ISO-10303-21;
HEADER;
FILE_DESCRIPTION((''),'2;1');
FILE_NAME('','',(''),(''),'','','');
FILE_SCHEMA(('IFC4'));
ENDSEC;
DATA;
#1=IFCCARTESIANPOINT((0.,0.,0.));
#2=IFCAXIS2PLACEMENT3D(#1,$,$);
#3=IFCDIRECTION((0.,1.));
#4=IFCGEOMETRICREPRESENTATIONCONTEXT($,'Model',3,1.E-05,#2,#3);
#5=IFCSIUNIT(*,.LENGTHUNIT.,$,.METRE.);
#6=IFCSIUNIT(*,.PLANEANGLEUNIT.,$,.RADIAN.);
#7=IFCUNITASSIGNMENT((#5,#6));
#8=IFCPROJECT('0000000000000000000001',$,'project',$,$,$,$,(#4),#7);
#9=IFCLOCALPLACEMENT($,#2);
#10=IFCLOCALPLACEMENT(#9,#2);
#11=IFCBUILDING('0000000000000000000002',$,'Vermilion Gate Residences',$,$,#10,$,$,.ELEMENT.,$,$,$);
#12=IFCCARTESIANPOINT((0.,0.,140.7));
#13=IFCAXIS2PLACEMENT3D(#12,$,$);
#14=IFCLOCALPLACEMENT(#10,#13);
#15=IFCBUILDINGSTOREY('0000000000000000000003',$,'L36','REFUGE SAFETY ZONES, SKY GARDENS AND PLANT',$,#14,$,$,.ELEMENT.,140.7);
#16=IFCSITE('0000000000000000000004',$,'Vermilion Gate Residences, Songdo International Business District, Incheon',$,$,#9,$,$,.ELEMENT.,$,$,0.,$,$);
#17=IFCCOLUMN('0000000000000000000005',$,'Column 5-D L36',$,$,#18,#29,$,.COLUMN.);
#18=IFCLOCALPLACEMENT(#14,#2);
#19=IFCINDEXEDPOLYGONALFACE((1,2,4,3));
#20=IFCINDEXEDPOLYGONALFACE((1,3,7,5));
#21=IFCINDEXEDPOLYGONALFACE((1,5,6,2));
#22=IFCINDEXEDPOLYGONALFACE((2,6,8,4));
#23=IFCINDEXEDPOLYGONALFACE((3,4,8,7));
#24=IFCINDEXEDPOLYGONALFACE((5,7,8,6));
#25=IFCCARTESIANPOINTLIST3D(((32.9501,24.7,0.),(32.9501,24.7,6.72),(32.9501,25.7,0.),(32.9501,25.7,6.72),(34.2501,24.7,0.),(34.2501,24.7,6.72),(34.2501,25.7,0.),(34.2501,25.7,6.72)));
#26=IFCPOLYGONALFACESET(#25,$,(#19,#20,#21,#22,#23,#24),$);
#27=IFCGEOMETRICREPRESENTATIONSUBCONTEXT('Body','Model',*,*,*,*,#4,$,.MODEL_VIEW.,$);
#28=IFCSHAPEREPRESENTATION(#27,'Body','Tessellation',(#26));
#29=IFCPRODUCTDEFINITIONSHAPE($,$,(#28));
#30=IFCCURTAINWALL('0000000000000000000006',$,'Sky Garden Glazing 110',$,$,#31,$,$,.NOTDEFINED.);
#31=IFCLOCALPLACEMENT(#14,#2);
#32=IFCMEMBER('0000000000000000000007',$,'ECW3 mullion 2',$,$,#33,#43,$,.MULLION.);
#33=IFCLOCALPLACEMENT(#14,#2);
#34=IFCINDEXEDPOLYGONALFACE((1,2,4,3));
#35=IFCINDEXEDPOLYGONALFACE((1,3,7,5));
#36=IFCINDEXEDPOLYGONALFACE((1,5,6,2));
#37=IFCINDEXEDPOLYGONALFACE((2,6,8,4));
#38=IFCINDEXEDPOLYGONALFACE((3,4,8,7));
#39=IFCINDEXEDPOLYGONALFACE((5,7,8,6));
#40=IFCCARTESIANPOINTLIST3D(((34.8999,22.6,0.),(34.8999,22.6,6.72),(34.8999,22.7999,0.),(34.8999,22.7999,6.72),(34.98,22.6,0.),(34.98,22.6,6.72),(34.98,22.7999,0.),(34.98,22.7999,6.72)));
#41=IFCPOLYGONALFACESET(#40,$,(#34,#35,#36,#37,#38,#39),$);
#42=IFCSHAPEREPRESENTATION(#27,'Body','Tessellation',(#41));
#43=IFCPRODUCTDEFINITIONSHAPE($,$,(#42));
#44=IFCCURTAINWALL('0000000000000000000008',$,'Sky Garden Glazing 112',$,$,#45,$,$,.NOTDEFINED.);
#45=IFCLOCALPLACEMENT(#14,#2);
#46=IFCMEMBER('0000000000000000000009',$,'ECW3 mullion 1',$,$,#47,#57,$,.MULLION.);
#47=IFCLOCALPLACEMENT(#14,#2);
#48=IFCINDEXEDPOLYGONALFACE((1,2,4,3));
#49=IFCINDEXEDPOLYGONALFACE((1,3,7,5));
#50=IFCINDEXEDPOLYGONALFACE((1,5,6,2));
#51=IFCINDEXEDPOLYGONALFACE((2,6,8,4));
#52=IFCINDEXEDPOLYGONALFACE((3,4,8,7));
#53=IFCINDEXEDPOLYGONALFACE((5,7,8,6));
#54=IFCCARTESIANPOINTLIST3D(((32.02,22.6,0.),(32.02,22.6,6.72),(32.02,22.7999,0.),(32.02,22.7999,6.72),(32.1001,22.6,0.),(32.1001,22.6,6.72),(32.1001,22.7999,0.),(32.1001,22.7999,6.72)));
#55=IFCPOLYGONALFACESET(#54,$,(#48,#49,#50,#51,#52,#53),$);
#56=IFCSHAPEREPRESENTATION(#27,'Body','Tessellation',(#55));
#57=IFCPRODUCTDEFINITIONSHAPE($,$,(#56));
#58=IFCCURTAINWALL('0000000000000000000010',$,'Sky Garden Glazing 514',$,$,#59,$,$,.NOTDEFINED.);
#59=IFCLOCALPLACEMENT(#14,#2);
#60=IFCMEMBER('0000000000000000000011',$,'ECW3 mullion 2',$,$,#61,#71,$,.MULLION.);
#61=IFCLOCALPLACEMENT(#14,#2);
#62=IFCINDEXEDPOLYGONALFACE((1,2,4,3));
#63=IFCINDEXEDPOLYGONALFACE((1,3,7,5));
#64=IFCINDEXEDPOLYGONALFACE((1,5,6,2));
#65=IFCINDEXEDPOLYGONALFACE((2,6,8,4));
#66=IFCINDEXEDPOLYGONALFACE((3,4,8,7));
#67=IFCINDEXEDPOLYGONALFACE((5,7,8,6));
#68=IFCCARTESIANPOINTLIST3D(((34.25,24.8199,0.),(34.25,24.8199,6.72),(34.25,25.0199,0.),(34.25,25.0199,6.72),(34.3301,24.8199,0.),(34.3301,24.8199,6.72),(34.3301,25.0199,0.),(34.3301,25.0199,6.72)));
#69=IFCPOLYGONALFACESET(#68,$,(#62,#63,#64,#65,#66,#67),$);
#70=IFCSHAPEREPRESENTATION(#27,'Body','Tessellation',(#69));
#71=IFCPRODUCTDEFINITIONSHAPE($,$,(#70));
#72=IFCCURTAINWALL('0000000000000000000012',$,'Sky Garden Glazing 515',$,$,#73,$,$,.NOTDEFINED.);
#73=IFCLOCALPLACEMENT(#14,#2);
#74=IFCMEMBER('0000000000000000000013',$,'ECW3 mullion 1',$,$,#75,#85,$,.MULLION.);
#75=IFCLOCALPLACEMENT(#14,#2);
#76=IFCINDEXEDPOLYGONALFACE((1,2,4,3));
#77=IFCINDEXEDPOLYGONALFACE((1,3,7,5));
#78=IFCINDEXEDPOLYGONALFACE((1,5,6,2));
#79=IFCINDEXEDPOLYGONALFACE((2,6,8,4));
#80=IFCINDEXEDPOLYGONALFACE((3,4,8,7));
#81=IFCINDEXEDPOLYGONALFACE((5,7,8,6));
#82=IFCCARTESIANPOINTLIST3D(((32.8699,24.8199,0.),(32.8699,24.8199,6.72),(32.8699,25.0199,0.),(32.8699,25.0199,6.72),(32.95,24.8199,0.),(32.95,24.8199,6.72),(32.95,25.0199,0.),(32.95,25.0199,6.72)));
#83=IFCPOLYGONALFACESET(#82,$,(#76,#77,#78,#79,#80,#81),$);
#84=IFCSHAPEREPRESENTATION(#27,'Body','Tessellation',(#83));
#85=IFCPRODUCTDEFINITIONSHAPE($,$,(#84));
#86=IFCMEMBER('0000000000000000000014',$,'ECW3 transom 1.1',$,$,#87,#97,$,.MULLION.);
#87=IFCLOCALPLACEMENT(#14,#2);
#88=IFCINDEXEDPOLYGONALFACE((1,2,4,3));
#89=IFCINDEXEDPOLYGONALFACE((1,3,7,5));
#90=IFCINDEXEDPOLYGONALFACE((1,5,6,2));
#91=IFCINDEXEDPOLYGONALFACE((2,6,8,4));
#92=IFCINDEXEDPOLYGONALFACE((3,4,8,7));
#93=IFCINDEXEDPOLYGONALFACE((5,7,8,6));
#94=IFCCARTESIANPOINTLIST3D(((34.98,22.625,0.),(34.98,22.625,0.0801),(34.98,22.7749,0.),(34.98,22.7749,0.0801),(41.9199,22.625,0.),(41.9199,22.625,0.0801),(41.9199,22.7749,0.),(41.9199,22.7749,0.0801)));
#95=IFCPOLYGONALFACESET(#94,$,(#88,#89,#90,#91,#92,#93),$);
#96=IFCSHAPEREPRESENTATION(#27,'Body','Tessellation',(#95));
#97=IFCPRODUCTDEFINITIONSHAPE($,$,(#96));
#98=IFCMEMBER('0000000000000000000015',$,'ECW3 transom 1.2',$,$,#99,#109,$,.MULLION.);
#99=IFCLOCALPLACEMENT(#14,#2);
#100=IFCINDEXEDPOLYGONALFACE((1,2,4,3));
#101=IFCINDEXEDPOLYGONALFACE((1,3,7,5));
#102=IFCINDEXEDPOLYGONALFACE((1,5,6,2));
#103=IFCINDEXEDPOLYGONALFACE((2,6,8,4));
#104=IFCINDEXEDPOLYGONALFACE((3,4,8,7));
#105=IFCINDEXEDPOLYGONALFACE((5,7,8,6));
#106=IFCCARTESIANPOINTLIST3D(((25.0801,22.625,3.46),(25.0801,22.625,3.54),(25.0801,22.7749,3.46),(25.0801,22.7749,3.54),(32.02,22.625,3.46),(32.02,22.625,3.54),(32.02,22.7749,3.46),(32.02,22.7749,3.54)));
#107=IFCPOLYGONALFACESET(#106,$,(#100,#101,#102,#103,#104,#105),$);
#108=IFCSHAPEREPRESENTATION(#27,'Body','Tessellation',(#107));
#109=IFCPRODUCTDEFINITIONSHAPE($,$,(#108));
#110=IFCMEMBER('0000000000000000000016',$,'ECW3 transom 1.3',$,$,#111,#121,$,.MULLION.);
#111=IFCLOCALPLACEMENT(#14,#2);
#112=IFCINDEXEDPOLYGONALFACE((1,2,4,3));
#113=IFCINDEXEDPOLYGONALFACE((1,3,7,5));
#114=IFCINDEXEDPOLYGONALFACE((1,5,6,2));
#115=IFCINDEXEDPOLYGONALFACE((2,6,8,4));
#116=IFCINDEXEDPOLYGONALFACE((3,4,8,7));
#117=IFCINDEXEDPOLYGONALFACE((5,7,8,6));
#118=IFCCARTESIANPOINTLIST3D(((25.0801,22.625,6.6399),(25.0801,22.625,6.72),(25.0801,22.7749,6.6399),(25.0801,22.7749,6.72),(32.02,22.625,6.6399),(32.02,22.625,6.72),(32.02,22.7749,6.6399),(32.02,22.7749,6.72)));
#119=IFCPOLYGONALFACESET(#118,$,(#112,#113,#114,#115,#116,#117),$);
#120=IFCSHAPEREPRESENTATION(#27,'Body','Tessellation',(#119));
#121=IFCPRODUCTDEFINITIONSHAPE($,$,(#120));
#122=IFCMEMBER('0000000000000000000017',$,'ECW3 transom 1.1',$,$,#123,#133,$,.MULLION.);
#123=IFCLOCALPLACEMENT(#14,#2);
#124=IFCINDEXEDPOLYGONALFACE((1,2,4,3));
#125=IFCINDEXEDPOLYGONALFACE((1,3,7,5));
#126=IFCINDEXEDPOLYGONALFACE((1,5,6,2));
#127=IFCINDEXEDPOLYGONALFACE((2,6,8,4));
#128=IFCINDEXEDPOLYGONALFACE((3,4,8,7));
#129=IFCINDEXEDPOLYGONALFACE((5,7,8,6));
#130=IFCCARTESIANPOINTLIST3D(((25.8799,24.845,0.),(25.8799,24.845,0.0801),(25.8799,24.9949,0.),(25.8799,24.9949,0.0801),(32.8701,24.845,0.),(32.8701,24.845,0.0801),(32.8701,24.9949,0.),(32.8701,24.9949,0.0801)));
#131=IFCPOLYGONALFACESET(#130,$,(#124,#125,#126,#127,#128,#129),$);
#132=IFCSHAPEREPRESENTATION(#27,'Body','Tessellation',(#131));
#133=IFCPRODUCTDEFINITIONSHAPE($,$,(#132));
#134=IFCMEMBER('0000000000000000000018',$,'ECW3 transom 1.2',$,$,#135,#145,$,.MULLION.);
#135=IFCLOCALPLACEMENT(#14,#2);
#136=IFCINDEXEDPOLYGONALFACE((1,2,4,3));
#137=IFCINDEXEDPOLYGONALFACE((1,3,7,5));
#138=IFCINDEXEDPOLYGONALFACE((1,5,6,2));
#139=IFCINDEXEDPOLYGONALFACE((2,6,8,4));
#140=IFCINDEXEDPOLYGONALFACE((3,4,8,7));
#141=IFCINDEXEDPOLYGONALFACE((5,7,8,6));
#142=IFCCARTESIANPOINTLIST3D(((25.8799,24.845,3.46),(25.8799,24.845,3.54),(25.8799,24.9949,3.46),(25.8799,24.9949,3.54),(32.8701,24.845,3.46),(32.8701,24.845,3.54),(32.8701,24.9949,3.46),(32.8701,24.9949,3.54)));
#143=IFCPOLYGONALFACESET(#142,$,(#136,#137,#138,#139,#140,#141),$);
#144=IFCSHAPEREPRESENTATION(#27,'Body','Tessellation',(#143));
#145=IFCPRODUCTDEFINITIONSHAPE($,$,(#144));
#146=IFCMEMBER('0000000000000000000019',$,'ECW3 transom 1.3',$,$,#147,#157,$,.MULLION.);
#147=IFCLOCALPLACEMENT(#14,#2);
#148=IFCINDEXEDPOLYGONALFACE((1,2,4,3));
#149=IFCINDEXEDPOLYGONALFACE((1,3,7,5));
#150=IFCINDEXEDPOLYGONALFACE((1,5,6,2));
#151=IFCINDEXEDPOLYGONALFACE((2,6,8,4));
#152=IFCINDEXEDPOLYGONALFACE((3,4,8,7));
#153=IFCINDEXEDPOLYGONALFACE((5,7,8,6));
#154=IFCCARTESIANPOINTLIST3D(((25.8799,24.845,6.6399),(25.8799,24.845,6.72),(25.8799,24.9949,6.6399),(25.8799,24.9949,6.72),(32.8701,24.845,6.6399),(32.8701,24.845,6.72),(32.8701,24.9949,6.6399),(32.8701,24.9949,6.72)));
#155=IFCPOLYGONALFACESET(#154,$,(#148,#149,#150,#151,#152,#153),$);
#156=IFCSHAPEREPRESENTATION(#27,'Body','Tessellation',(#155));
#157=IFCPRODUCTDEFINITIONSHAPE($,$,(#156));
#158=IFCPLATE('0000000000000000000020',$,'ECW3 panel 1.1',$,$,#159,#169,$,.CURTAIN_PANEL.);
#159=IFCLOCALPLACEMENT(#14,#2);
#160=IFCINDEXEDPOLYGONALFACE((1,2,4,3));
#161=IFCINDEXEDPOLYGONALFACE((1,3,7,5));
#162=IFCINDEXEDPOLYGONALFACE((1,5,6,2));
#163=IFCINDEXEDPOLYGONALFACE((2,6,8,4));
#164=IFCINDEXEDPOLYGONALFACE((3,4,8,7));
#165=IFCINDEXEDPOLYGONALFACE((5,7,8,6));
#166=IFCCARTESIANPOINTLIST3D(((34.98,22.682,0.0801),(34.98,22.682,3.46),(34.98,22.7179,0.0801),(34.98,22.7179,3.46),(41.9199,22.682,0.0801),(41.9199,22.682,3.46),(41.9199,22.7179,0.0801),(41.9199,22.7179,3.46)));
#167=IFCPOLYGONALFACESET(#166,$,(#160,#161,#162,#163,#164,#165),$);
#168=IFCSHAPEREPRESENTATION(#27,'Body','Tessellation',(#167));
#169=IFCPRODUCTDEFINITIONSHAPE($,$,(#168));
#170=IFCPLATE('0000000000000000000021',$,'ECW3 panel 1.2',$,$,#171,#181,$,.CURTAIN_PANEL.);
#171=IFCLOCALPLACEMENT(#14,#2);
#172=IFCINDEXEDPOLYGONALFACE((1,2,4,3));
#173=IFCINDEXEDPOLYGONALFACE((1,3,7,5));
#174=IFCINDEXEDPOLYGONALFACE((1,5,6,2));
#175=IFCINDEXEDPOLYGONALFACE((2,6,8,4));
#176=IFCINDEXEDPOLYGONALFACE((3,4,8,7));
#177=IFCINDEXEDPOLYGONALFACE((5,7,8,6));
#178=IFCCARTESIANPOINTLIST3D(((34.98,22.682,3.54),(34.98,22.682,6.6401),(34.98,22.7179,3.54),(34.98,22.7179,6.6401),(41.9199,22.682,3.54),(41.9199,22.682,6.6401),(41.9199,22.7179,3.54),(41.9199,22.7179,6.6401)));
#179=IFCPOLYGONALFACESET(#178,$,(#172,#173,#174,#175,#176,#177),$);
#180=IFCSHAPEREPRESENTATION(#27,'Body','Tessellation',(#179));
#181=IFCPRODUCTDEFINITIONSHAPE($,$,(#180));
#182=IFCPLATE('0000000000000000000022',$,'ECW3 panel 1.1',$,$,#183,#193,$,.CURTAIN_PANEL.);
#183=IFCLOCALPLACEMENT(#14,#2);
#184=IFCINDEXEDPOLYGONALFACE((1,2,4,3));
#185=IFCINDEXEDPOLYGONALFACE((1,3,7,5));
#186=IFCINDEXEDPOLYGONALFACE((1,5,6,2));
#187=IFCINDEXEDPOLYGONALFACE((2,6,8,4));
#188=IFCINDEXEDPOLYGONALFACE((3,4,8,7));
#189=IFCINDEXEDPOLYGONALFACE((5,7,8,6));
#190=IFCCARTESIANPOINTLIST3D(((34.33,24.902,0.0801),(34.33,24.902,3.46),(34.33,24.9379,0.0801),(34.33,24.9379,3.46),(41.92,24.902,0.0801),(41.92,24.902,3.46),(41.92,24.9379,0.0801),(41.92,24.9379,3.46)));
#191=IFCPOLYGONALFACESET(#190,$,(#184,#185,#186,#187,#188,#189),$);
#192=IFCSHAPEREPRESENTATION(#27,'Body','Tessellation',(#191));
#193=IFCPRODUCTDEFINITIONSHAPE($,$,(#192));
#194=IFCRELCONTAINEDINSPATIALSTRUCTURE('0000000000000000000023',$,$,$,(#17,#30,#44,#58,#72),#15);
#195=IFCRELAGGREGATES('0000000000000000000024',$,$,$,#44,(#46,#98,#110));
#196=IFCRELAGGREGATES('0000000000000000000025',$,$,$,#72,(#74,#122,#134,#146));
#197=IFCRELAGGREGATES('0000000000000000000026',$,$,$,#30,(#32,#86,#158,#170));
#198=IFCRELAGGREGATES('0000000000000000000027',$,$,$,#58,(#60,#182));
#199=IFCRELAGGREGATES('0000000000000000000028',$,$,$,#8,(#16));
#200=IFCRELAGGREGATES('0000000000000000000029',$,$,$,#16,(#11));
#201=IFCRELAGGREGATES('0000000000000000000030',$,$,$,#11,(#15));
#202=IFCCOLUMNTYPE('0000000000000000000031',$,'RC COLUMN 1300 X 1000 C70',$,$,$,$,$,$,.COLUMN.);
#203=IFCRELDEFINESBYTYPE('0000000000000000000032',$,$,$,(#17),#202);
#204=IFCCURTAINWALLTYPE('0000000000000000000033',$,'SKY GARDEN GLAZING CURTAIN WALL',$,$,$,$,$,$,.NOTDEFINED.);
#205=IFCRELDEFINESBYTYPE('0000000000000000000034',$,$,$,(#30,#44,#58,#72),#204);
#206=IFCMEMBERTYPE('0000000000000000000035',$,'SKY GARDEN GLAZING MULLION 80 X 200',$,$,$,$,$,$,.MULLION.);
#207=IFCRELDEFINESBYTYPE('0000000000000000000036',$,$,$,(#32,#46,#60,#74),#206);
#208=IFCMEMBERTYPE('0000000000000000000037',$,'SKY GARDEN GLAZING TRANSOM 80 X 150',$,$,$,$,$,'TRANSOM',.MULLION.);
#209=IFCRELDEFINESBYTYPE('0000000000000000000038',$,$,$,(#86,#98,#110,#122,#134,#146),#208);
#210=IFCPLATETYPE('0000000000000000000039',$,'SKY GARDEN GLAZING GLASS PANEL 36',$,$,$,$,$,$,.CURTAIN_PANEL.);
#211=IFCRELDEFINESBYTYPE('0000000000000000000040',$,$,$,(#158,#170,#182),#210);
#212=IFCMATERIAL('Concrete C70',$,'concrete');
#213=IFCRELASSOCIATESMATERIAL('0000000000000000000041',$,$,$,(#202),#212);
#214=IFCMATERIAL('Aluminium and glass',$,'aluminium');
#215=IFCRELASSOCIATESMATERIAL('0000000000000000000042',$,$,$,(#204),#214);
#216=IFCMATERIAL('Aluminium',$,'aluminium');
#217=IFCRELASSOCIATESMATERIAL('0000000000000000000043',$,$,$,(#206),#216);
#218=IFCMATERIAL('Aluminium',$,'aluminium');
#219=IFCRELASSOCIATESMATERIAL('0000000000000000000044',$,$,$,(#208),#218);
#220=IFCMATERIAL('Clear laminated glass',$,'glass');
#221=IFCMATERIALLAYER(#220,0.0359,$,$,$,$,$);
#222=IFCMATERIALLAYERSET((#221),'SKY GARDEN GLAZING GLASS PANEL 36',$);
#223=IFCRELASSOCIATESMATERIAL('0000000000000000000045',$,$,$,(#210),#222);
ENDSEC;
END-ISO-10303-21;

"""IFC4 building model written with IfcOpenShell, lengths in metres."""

from ifc_helpers import new_model, si_unit, direction, frame, origin, origin_2d, place, context, subcontext, project, spatial, rectangle, extrude, material, layer, layer_set, material_profile, profile_set, type_object, element, aggregate, save


model = new_model("IFC4")

# Units and contexts
model_context = context("Model", 3, precision=1e-05, world=origin(), true_north=direction((0.0, 1.0)))
body_context = subcontext(model_context, "Body", "Model", "MODEL_VIEW")
ifc_project = project(units=[si_unit("LENGTHUNIT", "METRE"), si_unit("PLANEANGLEUNIT", "RADIAN")], contexts=[model_context])

# Site, building, storey
site_placement = place(None, origin())
site = spatial("IfcSite", under=ifc_project, at=site_placement, Name="Vermilion Gate Residences, Songdo International Business District, Incheon", CompositionType="ELEMENT", RefElevation=0.0)
building_placement = place(site_placement, origin())
building = spatial("IfcBuilding", under=site, at=building_placement, Name="Vermilion Gate Residences", CompositionType="ELEMENT")
storey_placement = place(building_placement, frame((0.0, 0.0, 140.7)))
storey = spatial("IfcBuildingStorey", under=building, at=storey_placement, Name="L36", Description="REFUGE SAFETY ZONES, SKY GARDENS AND PLANT", CompositionType="ELEMENT", Elevation=140.7)

# Column
ifc_material_1 = material(Name="Concrete C70", Category="concrete")
ifc_material_profile_1 = material_profile(ifc_material_1, rectangle(XDim=1.3, YDim=1.0, at=origin_2d()), Name="RC-1300x1000")
ifc_profile_set_1 = profile_set([ifc_material_profile_1], Name="Concrete C70")
column_type = type_object("IfcColumnType", Name="RC COLUMN 1300 X 1000 C70", PredefinedType="COLUMN", material=ifc_profile_set_1)
column_placement = place(storey_placement, frame((33.6001, 25.2, 0.0), z_axis=(0.0, 0.0, 1.0), x_axis=(1.0, 0.0, 0.0)))
element("IfcColumn", 1, at=column_placement, inside=storey, type_object=column_type, Name="Column 5-D L36", PredefinedType="COLUMN", context=body_context, shape_type="SweptSolid", body=[
    extrude(rectangle(XDim=1.3, YDim=1.0, at=origin_2d()), origin(), (0.0, 0.0, 1.0), 6.72),
])

# Curtain walls, members
ifc_material_2 = material(Name="Aluminium and glass", Category="aluminium")
curtain_wall_type = type_object("IfcCurtainWallType", Name="SKY GARDEN GLAZING CURTAIN WALL", PredefinedType="NOTDEFINED", material=ifc_material_2)
curtain_wall_1_placement = place(storey_placement, origin())
curtain_wall_1 = element("IfcCurtainWall", 2, at=curtain_wall_1_placement, inside=storey, type_object=curtain_wall_type, Name="Sky Garden Glazing 110", PredefinedType="NOTDEFINED")
ifc_material_3 = material(Name="Aluminium", Category="aluminium")
ifc_material_profile_2 = material_profile(ifc_material_3, rectangle(XDim=0.2, YDim=0.0801, at=origin_2d()), Name="MULLION 80 X 200")
ifc_profile_set_2 = profile_set([ifc_material_profile_2], Name="Aluminium")
member_type_1 = type_object("IfcMemberType", Name="SKY GARDEN GLAZING MULLION 80 X 200", PredefinedType="MULLION", material=ifc_profile_set_2)
member_1_placement = place(storey_placement, frame((34.9399, 22.7, 0.0), z_axis=(0.0, 0.0, 1.0), x_axis=(0.0, -1.0, 0.0)))
member_1 = element("IfcMember", 3, at=member_1_placement, type_object=member_type_1, Name="ECW3 mullion 2", PredefinedType="MULLION", context=body_context, shape_type="SweptSolid", body=[
    extrude(rectangle(XDim=0.2, YDim=0.0801, at=origin_2d()), origin(), (0.0, 0.0, 1.0), 6.72),
])
curtain_wall_2_placement = place(storey_placement, origin())
curtain_wall_2 = element("IfcCurtainWall", 4, at=curtain_wall_2_placement, inside=storey, type_object=curtain_wall_type, Name="Sky Garden Glazing 112", PredefinedType="NOTDEFINED")
member_2_placement = place(storey_placement, frame((32.0601, 22.7, 0.0), z_axis=(0.0, 0.0, 1.0), x_axis=(0.0, -1.0, 0.0)))
member_2 = element("IfcMember", 5, at=member_2_placement, type_object=member_type_1, Name="ECW3 mullion 1", PredefinedType="MULLION", context=body_context, shape_type="SweptSolid", body=[
    extrude(rectangle(XDim=0.2, YDim=0.0801, at=origin_2d()), origin(), (0.0, 0.0, 1.0), 6.72),
])
curtain_wall_3_placement = place(storey_placement, origin())
curtain_wall_3 = element("IfcCurtainWall", 6, at=curtain_wall_3_placement, inside=storey, type_object=curtain_wall_type, Name="Sky Garden Glazing 514", PredefinedType="NOTDEFINED")
member_3_placement = place(storey_placement, frame((34.29, 24.9199, 0.0), z_axis=(0.0, 0.0, 1.0), x_axis=(0.0, -1.0, 0.0)))
member_3 = element("IfcMember", 7, at=member_3_placement, type_object=member_type_1, Name="ECW3 mullion 2", PredefinedType="MULLION", context=body_context, shape_type="SweptSolid", body=[
    extrude(rectangle(XDim=0.2, YDim=0.0801, at=origin_2d()), origin(), (0.0, 0.0, 1.0), 6.72),
])
curtain_wall_4_placement = place(storey_placement, origin())
curtain_wall_4 = element("IfcCurtainWall", 8, at=curtain_wall_4_placement, inside=storey, type_object=curtain_wall_type, Name="Sky Garden Glazing 515", PredefinedType="NOTDEFINED")
member_4_placement = place(storey_placement, frame((32.9099, 24.9199, 0.0), z_axis=(0.0, 0.0, 1.0), x_axis=(0.0, -1.0, 0.0)))
member_4 = element("IfcMember", 9, at=member_4_placement, type_object=member_type_1, Name="ECW3 mullion 1", PredefinedType="MULLION", context=body_context, shape_type="SweptSolid", body=[
    extrude(rectangle(XDim=0.2, YDim=0.0801, at=origin_2d()), origin(), (0.0, 0.0, 1.0), 6.72),
])

# Members
ifc_material_4 = material(Name="Aluminium", Category="aluminium")
ifc_material_profile_3 = material_profile(ifc_material_4, rectangle(XDim=0.1499, YDim=0.0801, at=origin_2d()), Name="TRANSOM 80 X 150")
ifc_profile_set_3 = profile_set([ifc_material_profile_3], Name="Aluminium")
member_type_2 = type_object("IfcMemberType", Name="SKY GARDEN GLAZING TRANSOM 80 X 150", ElementType="TRANSOM", PredefinedType="MULLION", material=ifc_profile_set_3)
member_5_placement = place(storey_placement, frame((41.9199, 22.7, 0.04), z_axis=(-1.0, 0.0, 0.0), x_axis=(0.0, -1.0, 0.0)))
member_5 = element("IfcMember", 10, at=member_5_placement, type_object=member_type_2, Name="ECW3 transom 1.1", PredefinedType="MULLION", context=body_context, shape_type="SweptSolid", body=[
    extrude(rectangle(XDim=0.1499, YDim=0.0801, at=origin_2d()), origin(), (0.0, 0.0, 1.0), 6.9399),
])
member_6_placement = place(storey_placement, frame((32.02, 22.7, 3.5), z_axis=(-1.0, 0.0, 0.0), x_axis=(0.0, -1.0, 0.0)))
member_6 = element("IfcMember", 11, at=member_6_placement, type_object=member_type_2, Name="ECW3 transom 1.2", PredefinedType="MULLION", context=body_context, shape_type="SweptSolid", body=[
    extrude(rectangle(XDim=0.1499, YDim=0.0801, at=origin_2d()), origin(), (0.0, 0.0, 1.0), 6.9399),
])
member_7_placement = place(storey_placement, frame((32.02, 22.7, 6.6799), z_axis=(-1.0, 0.0, 0.0), x_axis=(0.0, -1.0, 0.0)))
member_7 = element("IfcMember", 12, at=member_7_placement, type_object=member_type_2, Name="ECW3 transom 1.3", PredefinedType="MULLION", context=body_context, shape_type="SweptSolid", body=[
    extrude(rectangle(XDim=0.1499, YDim=0.0801, at=origin_2d()), origin(), (0.0, 0.0, 1.0), 6.9399),
])
aggregate(curtain_wall_2, [member_2, member_6, member_7])
member_8_placement = place(storey_placement, frame((32.8701, 24.9199, 0.04), z_axis=(-1.0, 0.0, 0.0), x_axis=(0.0, -1.0, 0.0)))
member_8 = element("IfcMember", 13, at=member_8_placement, type_object=member_type_2, Name="ECW3 transom 1.1", PredefinedType="MULLION", context=body_context, shape_type="SweptSolid", body=[
    extrude(rectangle(XDim=0.1499, YDim=0.0801, at=origin_2d()), origin(), (0.0, 0.0, 1.0), 6.9902),
])
member_9_placement = place(storey_placement, frame((32.8701, 24.9199, 3.5), z_axis=(-1.0, 0.0, 0.0), x_axis=(0.0, -1.0, 0.0)))
member_9 = element("IfcMember", 14, at=member_9_placement, type_object=member_type_2, Name="ECW3 transom 1.2", PredefinedType="MULLION", context=body_context, shape_type="SweptSolid", body=[
    extrude(rectangle(XDim=0.1499, YDim=0.0801, at=origin_2d()), origin(), (0.0, 0.0, 1.0), 6.9902),
])
member_10_placement = place(storey_placement, frame((32.8701, 24.9199, 6.6799), z_axis=(-1.0, 0.0, 0.0), x_axis=(0.0, -1.0, 0.0)))
member_10 = element("IfcMember", 15, at=member_10_placement, type_object=member_type_2, Name="ECW3 transom 1.3", PredefinedType="MULLION", context=body_context, shape_type="SweptSolid", body=[
    extrude(rectangle(XDim=0.1499, YDim=0.0801, at=origin_2d()), origin(), (0.0, 0.0, 1.0), 6.9902),
])
aggregate(curtain_wall_4, [member_4, member_8, member_9, member_10])

# Plates
ifc_material_5 = material(Name="Clear laminated glass", Category="glass")
ifc_layer_1 = layer(ifc_material_5, 0.0359)
ifc_layer_set_1 = layer_set([ifc_layer_1], Name="SKY GARDEN GLAZING GLASS PANEL 36")
plate_type = type_object("IfcPlateType", Name="SKY GARDEN GLAZING GLASS PANEL 36", PredefinedType="CURTAIN_PANEL", material=ifc_layer_set_1)
plate_1_placement = place(storey_placement, frame((38.45, 22.7, 0.0801), z_axis=(0.0, 0.0, 1.0), x_axis=(-1.0, 0.0, 0.0)))
plate_1 = element("IfcPlate", 16, at=plate_1_placement, type_object=plate_type, Name="ECW3 panel 1.1", PredefinedType="CURTAIN_PANEL", context=body_context, shape_type="SweptSolid", body=[
    extrude(rectangle(XDim=6.9399, YDim=0.0359, at=origin_2d()), origin(), (0.0, 0.0, 1.0), 3.3799),
])
plate_2_placement = place(storey_placement, frame((38.45, 22.7, 3.54), z_axis=(0.0, 0.0, 1.0), x_axis=(-1.0, 0.0, 0.0)))
plate_2 = element("IfcPlate", 17, at=plate_2_placement, type_object=plate_type, Name="ECW3 panel 1.2", PredefinedType="CURTAIN_PANEL", context=body_context, shape_type="SweptSolid", body=[
    extrude(rectangle(XDim=6.9399, YDim=0.0359, at=origin_2d()), origin(), (0.0, 0.0, 1.0), 3.1001),
])
aggregate(curtain_wall_1, [member_1, member_5, plate_1, plate_2])
plate_3_placement = place(storey_placement, frame((38.125, 24.9199, 0.0801), z_axis=(0.0, 0.0, 1.0), x_axis=(-1.0, 0.0, 0.0)))
plate_3 = element("IfcPlate", 18, at=plate_3_placement, type_object=plate_type, Name="ECW3 panel 1.1", PredefinedType="CURTAIN_PANEL", context=body_context, shape_type="SweptSolid", body=[
    extrude(rectangle(XDim=7.5901, YDim=0.0359, at=origin_2d()), origin(), (0.0, 0.0, 1.0), 3.3799),
])
aggregate(curtain_wall_3, [member_3, plate_3])

save(model, "model.ifc")
